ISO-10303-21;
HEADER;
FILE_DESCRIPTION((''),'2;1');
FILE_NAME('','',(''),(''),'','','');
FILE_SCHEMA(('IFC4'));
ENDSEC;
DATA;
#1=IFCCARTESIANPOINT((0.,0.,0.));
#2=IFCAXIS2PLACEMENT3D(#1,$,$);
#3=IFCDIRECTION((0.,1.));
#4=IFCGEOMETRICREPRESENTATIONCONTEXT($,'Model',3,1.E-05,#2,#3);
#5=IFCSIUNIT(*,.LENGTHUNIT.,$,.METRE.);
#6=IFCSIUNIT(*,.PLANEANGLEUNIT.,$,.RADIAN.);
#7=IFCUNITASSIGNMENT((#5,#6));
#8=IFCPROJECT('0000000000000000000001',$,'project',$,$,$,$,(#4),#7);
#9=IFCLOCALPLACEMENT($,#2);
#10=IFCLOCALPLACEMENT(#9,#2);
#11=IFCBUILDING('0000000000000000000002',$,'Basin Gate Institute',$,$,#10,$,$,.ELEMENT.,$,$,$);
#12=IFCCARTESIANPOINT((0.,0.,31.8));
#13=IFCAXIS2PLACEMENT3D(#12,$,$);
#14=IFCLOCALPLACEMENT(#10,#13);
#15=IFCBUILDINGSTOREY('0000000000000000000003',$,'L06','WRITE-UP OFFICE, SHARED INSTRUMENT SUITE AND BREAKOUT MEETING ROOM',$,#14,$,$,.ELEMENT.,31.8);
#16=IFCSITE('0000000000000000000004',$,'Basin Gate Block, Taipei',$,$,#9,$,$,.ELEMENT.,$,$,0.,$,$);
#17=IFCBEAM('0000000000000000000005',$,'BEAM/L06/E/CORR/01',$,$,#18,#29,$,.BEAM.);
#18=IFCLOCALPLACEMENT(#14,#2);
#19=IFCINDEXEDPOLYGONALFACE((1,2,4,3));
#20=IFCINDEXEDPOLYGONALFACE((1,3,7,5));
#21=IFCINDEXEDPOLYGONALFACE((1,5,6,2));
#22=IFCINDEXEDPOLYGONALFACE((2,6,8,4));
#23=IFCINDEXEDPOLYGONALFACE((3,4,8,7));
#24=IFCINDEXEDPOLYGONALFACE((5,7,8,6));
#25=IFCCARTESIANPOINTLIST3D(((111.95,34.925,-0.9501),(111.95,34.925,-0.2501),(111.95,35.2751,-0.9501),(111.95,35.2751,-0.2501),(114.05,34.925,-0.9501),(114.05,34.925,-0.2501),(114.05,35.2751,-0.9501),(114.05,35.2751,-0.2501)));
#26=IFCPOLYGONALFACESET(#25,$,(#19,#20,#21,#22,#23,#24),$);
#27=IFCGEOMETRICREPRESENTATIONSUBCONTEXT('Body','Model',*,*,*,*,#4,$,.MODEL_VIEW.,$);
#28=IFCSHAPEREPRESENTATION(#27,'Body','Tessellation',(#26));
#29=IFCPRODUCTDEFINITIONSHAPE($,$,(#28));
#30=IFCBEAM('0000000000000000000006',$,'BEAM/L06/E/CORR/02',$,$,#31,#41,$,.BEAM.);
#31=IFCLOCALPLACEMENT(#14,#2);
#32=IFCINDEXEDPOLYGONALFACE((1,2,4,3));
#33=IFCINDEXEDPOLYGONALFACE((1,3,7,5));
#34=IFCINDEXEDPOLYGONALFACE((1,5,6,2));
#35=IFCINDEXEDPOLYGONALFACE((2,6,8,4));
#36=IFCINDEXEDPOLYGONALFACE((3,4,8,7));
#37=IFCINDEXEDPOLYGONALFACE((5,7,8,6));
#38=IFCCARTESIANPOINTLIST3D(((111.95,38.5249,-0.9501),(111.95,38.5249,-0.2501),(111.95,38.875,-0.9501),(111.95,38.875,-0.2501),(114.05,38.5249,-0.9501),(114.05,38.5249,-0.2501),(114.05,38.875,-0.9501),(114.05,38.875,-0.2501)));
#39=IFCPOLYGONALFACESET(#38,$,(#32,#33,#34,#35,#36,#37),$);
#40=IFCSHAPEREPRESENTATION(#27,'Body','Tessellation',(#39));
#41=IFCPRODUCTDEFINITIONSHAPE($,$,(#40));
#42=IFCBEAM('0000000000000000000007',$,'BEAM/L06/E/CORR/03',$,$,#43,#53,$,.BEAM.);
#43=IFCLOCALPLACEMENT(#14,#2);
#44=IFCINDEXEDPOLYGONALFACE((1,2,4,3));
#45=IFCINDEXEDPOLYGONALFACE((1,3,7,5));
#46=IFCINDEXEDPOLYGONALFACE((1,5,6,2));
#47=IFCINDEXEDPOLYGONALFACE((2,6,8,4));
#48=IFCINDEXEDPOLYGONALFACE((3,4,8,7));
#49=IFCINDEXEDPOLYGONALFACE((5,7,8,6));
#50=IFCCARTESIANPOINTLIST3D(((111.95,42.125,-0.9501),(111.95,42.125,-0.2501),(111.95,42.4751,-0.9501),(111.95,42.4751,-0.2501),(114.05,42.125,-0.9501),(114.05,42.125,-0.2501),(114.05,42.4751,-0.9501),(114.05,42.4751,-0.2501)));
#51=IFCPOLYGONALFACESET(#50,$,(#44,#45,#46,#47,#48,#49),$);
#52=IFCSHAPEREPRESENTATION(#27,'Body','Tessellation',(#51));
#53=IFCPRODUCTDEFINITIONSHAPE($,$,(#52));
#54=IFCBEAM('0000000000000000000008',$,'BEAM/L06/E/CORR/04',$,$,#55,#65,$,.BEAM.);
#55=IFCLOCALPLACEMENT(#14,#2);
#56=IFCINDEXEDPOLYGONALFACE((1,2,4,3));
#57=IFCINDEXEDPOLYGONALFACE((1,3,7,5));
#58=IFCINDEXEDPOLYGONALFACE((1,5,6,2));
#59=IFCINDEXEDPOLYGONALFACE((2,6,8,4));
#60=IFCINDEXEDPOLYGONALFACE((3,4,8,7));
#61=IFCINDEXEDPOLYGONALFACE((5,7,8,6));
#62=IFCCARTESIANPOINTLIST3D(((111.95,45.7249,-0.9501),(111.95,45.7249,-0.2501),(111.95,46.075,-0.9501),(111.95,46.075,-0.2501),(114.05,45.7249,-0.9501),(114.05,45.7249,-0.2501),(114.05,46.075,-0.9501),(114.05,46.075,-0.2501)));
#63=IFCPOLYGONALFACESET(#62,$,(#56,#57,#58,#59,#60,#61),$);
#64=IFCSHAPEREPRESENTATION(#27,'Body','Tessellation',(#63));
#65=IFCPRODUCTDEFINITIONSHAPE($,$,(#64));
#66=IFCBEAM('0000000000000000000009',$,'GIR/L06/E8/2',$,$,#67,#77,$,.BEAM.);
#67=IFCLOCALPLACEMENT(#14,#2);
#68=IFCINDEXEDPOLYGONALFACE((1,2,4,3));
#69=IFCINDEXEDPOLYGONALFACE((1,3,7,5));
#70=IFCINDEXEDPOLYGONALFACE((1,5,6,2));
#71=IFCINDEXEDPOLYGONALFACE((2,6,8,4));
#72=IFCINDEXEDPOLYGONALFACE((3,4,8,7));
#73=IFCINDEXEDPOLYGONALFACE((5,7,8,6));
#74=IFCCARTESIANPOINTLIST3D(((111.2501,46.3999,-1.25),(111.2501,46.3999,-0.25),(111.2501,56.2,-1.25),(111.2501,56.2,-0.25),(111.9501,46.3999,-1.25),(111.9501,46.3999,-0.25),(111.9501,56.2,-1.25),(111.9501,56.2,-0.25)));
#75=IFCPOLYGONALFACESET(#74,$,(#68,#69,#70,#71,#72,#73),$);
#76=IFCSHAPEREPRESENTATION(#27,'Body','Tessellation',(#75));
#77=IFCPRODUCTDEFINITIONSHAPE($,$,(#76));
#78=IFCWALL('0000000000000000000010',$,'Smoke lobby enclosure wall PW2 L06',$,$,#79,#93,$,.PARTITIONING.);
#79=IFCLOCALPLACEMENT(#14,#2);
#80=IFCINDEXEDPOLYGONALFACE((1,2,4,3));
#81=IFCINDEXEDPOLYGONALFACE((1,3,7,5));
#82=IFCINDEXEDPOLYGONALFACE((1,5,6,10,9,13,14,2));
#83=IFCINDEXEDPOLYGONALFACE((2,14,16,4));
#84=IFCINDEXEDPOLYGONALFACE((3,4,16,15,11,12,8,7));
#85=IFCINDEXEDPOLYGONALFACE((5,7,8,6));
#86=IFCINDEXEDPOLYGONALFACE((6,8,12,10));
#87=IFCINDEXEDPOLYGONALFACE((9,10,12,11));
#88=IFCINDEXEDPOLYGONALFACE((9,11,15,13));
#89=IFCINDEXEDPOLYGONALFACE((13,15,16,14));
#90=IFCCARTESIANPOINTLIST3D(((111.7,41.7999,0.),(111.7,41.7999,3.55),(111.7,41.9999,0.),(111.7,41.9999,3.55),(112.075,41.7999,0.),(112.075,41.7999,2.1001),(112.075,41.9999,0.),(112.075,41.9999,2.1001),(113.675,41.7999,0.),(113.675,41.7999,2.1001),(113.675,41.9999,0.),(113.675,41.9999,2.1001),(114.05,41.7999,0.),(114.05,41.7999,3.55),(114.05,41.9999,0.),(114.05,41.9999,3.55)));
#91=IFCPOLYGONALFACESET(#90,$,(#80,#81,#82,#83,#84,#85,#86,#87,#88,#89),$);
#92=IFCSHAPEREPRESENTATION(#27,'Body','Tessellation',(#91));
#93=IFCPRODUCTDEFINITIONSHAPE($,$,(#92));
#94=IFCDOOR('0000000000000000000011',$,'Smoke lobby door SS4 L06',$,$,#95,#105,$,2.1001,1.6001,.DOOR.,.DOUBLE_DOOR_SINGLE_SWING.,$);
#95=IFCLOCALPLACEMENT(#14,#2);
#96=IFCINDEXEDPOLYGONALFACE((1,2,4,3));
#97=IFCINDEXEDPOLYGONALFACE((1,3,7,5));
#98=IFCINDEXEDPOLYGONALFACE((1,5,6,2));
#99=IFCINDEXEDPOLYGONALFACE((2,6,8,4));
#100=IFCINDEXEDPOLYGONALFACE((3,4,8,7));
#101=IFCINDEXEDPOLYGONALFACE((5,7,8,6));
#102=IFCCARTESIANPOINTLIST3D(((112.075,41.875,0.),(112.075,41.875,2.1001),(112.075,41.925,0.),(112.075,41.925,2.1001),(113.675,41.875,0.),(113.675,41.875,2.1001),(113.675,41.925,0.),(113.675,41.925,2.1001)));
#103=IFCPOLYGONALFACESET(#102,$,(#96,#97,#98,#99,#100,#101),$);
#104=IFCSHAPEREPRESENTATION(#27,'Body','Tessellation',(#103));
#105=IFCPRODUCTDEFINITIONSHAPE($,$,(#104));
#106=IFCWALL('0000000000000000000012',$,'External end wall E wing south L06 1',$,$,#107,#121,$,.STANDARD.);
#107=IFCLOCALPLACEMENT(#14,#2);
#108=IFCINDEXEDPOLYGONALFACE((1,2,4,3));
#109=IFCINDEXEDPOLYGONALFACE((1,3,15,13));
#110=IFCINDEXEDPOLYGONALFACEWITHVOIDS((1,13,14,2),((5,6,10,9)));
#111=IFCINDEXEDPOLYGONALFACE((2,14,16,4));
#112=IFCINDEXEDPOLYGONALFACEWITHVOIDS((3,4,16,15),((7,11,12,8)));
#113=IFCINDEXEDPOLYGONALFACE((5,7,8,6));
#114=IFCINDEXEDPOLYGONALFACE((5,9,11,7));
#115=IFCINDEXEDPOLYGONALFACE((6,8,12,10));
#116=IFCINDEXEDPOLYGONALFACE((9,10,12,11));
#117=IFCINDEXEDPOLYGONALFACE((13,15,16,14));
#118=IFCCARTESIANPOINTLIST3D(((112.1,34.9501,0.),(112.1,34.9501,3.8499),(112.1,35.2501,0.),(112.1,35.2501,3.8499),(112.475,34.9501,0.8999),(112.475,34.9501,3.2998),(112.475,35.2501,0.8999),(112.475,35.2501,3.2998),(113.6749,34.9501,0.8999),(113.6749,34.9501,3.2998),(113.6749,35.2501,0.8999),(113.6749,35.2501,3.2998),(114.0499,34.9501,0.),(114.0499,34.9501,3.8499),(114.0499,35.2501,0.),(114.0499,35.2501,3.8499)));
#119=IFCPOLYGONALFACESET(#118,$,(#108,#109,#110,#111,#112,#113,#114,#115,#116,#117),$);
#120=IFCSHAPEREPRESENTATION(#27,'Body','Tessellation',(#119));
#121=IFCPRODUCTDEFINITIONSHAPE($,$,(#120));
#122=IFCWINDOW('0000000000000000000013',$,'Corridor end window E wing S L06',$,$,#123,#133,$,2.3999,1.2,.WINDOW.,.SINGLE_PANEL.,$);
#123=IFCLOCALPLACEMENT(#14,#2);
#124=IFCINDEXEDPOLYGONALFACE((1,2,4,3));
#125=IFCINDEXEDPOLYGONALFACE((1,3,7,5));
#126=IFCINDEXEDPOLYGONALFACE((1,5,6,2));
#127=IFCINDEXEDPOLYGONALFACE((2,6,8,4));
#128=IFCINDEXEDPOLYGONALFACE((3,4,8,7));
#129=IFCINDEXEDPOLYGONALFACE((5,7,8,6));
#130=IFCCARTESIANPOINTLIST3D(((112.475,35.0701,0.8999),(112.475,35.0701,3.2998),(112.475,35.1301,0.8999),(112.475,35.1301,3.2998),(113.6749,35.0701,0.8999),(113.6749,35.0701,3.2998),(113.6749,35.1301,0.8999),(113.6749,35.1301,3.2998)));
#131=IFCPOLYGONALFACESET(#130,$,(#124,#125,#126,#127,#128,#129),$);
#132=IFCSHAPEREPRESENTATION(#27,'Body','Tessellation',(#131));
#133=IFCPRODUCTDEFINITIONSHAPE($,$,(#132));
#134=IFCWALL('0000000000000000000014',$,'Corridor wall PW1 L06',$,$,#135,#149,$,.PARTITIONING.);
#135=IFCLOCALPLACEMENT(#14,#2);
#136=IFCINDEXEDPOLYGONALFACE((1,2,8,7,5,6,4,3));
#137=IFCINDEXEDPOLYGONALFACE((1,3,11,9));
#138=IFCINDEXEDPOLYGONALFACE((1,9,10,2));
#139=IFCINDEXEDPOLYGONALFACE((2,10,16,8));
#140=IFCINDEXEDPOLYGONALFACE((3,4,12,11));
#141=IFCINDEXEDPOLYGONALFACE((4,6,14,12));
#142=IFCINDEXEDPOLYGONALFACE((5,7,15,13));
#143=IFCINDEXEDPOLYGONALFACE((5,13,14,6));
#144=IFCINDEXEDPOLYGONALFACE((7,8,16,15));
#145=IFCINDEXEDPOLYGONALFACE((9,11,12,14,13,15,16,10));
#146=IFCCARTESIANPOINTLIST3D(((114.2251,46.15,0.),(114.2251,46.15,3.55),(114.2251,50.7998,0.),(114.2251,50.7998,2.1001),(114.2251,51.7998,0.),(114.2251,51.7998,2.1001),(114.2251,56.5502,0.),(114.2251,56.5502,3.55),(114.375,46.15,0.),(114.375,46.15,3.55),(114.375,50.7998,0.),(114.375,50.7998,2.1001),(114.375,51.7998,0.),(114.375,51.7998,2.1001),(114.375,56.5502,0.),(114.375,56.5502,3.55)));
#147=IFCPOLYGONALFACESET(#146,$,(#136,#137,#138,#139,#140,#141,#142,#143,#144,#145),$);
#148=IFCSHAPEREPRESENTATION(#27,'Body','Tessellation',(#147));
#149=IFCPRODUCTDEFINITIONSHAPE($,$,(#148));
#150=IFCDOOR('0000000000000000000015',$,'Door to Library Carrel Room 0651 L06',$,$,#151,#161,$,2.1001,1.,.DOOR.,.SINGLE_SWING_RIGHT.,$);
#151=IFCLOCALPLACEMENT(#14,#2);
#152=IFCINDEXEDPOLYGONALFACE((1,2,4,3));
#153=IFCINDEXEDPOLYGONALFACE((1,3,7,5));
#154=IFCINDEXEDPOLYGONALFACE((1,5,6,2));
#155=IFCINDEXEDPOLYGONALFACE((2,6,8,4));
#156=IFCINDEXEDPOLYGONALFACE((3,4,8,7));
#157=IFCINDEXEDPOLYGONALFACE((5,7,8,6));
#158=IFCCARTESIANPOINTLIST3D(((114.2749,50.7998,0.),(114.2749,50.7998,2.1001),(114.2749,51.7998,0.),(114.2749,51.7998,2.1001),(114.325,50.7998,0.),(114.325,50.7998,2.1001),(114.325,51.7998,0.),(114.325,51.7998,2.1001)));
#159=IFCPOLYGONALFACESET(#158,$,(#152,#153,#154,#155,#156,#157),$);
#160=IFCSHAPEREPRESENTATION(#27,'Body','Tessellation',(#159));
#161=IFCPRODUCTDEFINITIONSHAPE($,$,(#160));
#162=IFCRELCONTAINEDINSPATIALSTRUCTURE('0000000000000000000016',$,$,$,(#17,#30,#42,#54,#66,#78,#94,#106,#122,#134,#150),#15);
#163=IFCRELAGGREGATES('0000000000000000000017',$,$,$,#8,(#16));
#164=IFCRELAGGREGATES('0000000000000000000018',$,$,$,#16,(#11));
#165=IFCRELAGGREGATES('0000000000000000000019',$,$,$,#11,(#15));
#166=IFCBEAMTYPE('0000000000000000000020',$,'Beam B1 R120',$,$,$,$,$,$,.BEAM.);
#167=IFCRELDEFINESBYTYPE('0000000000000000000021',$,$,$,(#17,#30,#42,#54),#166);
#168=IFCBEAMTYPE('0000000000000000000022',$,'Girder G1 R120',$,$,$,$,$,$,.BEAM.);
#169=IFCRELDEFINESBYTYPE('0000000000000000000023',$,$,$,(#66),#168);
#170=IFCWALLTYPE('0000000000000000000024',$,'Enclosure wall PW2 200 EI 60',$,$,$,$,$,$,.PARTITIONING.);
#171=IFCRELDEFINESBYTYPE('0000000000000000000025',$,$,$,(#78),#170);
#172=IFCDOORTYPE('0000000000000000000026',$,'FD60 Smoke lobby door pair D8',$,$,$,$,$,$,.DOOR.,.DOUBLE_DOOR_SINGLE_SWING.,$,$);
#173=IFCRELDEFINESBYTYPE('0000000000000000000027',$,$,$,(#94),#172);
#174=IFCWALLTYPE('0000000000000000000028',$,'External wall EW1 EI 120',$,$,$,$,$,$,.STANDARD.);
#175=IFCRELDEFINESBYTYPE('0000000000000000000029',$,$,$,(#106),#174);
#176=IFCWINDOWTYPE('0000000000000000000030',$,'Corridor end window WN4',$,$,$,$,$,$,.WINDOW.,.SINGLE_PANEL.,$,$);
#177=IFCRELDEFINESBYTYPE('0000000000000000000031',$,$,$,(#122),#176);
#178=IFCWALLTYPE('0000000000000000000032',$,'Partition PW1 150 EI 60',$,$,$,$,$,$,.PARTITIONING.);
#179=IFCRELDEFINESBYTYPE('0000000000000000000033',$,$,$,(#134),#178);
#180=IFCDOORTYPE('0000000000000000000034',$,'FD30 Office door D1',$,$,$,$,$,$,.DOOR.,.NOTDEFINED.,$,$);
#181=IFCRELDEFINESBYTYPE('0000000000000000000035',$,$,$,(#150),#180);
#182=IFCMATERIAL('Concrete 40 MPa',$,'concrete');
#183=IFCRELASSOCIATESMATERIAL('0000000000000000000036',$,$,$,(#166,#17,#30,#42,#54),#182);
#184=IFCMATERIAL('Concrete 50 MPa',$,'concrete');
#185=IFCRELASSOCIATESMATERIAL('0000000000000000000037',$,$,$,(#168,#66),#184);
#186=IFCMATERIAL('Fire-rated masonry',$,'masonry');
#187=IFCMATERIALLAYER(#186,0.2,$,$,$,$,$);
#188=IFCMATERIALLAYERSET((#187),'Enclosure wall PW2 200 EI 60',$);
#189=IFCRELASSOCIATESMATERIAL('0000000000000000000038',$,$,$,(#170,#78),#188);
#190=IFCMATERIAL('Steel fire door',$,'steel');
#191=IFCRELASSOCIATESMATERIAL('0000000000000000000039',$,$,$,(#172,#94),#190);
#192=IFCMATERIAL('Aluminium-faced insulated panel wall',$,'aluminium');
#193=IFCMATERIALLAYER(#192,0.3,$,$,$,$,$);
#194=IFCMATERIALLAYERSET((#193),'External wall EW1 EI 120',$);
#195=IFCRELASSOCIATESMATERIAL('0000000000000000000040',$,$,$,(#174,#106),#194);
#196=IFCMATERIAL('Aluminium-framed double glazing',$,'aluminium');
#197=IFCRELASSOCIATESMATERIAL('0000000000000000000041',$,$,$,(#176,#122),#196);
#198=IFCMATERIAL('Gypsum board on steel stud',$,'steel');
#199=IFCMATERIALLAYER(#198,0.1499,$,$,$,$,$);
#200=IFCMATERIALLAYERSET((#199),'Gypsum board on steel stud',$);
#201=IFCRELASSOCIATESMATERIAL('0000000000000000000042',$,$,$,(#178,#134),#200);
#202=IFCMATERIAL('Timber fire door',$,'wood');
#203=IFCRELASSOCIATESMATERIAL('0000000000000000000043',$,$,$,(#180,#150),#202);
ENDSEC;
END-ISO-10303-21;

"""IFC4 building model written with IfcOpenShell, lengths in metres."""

from ifc_helpers import new_model, si_unit, direction, frame, frame_2d, origin, origin_2d, place, context, subcontext, project, spatial, rectangle, extrude, material, layer, layer_set, material_profile, profile_set, type_object, element, fill, save


model = new_model("IFC4")

# Units and contexts
model_context = context("Model", 3, precision=1e-05, world=origin(), true_north=direction((0.0, 1.0)))
body_context = subcontext(model_context, "Body", "Model", "MODEL_VIEW")
ifc_project = project(units=[si_unit("LENGTHUNIT", "METRE"), si_unit("PLANEANGLEUNIT", "RADIAN")], contexts=[model_context])

# Site, building, storey
site_placement = place(None, origin())
site = spatial("IfcSite", under=ifc_project, at=site_placement, Name="Basin Gate Block, Taipei", CompositionType="ELEMENT", RefElevation=0.0)
building_placement = place(site_placement, origin())
building = spatial("IfcBuilding", under=site, at=building_placement, Name="Basin Gate Institute", CompositionType="ELEMENT")
storey_placement = place(building_placement, frame((0.0, 0.0, 31.8)))
storey = spatial("IfcBuildingStorey", under=building, at=storey_placement, Name="L06", Description="WRITE-UP OFFICE, SHARED INSTRUMENT SUITE AND BREAKOUT MEETING ROOM", CompositionType="ELEMENT", Elevation=31.8)

# Beams
ifc_material_1 = material(Name="Concrete 40 MPa", Category="concrete")
ifc_material_profile_1 = material_profile(ifc_material_1, rectangle(XDim=0.3501, YDim=0.7, at=origin_2d()), Name="Beam B1 350 x 700")
ifc_profile_set_1 = profile_set([ifc_material_profile_1], Name="Concrete 40 MPa")
beam_type_1 = type_object("IfcBeamType", Name="Beam B1 R120", PredefinedType="BEAM", material=ifc_profile_set_1)
for number, where, z_axis, x_axis, name in (
    (1, (114.05, 35.1001, -0.6001), (-1.0, 0.0, 0.0), (0.0, -1.0, 0.0), "BEAM/L06/E/CORR/01"),
    (2, (114.05, 38.7, -0.6001), (-1.0, 0.0, 0.0), (0.0, -1.0, 0.0), "BEAM/L06/E/CORR/02"),
    (3, (114.05, 42.3, -0.6001), (-1.0, 0.0, 0.0), (0.0, -1.0, 0.0), "BEAM/L06/E/CORR/03"),
    (4, (114.05, 45.8999, -0.6001), (-1.0, 0.0, 0.0), (0.0, -1.0, 0.0), "BEAM/L06/E/CORR/04"),
):
    element("IfcBeam", number, at=place(storey_placement, frame(where, z_axis=z_axis, x_axis=x_axis)), inside=storey, type_object=beam_type_1, material=ifc_profile_set_1, Name=name, PredefinedType="BEAM", context=body_context, shape_type="SweptSolid", body=[
        extrude(rectangle(XDim=0.3501, YDim=0.7, at=origin_2d()), origin(), (0.0, 0.0, 1.0), 2.1001),
    ])
ifc_material_2 = material(Name="Concrete 50 MPa", Category="concrete")
ifc_material_profile_2 = material_profile(ifc_material_2, rectangle(XDim=0.7, YDim=1.0, at=origin_2d()), Name="Girder G1 700 x 1000")
ifc_profile_set_2 = profile_set([ifc_material_profile_2], Name="Concrete 50 MPa")
beam_type_2 = type_object("IfcBeamType", Name="Girder G1 R120", PredefinedType="BEAM", material=ifc_profile_set_2)
beam_placement = place(storey_placement, frame((111.6001, 46.3999, -0.75), z_axis=(0.0, 1.0, 0.0), x_axis=(-1.0, 0.0, 0.0)))
element("IfcBeam", 5, at=beam_placement, inside=storey, type_object=beam_type_2, material=ifc_profile_set_2, Name="GIR/L06/E8/2", PredefinedType="BEAM", context=body_context, shape_type="SweptSolid", body=[
    extrude(rectangle(XDim=0.7, YDim=1.0, at=origin_2d()), origin(), (0.0, 0.0, 1.0), 9.8),
])

# Wall, opening, door
ifc_material_3 = material(Name="Fire-rated masonry", Category="masonry")
ifc_layer_1 = layer(ifc_material_3, 0.2)
ifc_layer_set_1 = layer_set([ifc_layer_1], Name="Enclosure wall PW2 200 EI 60")
wall_type_1 = type_object("IfcWallType", Name="Enclosure wall PW2 200 EI 60", PredefinedType="PARTITIONING", material=ifc_layer_set_1)
wall_1_placement = place(storey_placement, frame((114.05, 41.8999, 0.0), z_axis=(0.0, 0.0, 1.0), x_axis=(-1.0, 0.0, 0.0)))
wall_1 = element("IfcWall", 6, at=wall_1_placement, inside=storey, type_object=wall_type_1, material=ifc_layer_set_1, Name="Smoke lobby enclosure wall PW2 L06", PredefinedType="PARTITIONING", context=body_context, shape_type="SweptSolid", body=[
    extrude(rectangle(XDim=2.3501, YDim=0.2, at=frame_2d((1.175, 0.0))), origin(), (0.0, 0.0, 1.0), 3.55),
])
opening_1_placement = place(wall_1_placement, frame((0.375, 0.0, 0.0)))
opening_1 = element("IfcOpeningElement", 7, at=opening_1_placement, cuts=wall_1, PredefinedType="OPENING", context=body_context, shape_type="SweptSolid", body=[
    extrude(rectangle(XDim=1.6001, YDim=2.1001, at=frame_2d((0.8, 1.05))), frame((0.0, 0.1099, 0.0), z_axis=(0.0, -1.0, 0.0), x_axis=(1.0, 0.0, 0.0)), (0.0, 0.0, 1.0), 0.22),
])
ifc_material_4 = material(Name="Steel fire door", Category="steel")
door_type_1 = type_object("IfcDoorType", Name="FD60 Smoke lobby door pair D8", OperationType="DOUBLE_DOOR_SINGLE_SWING", PredefinedType="DOOR", material=ifc_material_4)
door_1_placement = place(opening_1_placement, origin())
door_1 = element("IfcDoor", 8, at=door_1_placement, inside=storey, type_object=door_type_1, material=ifc_material_4, Name="Smoke lobby door SS4 L06", OperationType="DOUBLE_DOOR_SINGLE_SWING", OverallHeight=2.1001, OverallWidth=1.6001, PredefinedType="DOOR", context=body_context, shape_type="SweptSolid", body=[
    extrude(rectangle(XDim=1.6001, YDim=2.1001, at=frame_2d((0.8, 1.05))), frame((0.0, 0.0249, 0.0), z_axis=(0.0, -1.0, 0.0), x_axis=(1.0, 0.0, 0.0)), (0.0, 0.0, 1.0), 0.05),
])
fill(opening_1, door_1)

# Wall, opening, window
ifc_material_5 = material(Name="Aluminium-faced insulated panel wall", Category="aluminium")
ifc_layer_2 = layer(ifc_material_5, 0.3)
ifc_layer_set_2 = layer_set([ifc_layer_2], Name="External wall EW1 EI 120")
wall_type_2 = type_object("IfcWallType", Name="External wall EW1 EI 120", PredefinedType="STANDARD", material=ifc_layer_set_2)
wall_2_placement = place(storey_placement, frame((114.05, 35.1001, 0.0), z_axis=(0.0, 0.0, 1.0), x_axis=(-1.0, 0.0, 0.0)))
wall_2 = element("IfcWall", 9, at=wall_2_placement, inside=storey, type_object=wall_type_2, material=ifc_layer_set_2, Name="External end wall E wing south L06 1", PredefinedType="STANDARD", context=body_context, shape_type="SweptSolid", body=[
    extrude(rectangle(XDim=1.95, YDim=0.3, at=frame_2d((0.9751, 0.0))), origin(), (0.0, 0.0, 1.0), 3.8499),
])
opening_2_placement = place(wall_2_placement, frame((0.375, 0.0, 0.8999)))
opening_2 = element("IfcOpeningElement", 10, at=opening_2_placement, cuts=wall_2, PredefinedType="OPENING", context=body_context, shape_type="SweptSolid", body=[
    extrude(rectangle(XDim=1.2, YDim=2.3999, at=frame_2d((0.6001, 1.2))), frame((0.0, 0.1602, 0.0), z_axis=(0.0, -1.0, 0.0), x_axis=(1.0, 0.0, 0.0)), (0.0, 0.0, 1.0), 0.3201),
])
ifc_material_6 = material(Name="Aluminium-framed double glazing", Category="aluminium")
window_type = type_object("IfcWindowType", Name="Corridor end window WN4", PartitioningType="SINGLE_PANEL", PredefinedType="WINDOW", material=ifc_material_6)
window_placement = place(opening_2_placement, origin())
window = element("IfcWindow", 11, at=window_placement, inside=storey, type_object=window_type, material=ifc_material_6, Name="Corridor end window E wing S L06", OverallHeight=2.3999, OverallWidth=1.2, PartitioningType="SINGLE_PANEL", PredefinedType="WINDOW", context=body_context, shape_type="SweptSolid", body=[
    extrude(rectangle(XDim=1.2, YDim=2.3999, at=frame_2d((0.6001, 1.2))), frame((0.0, 0.03, 0.0), z_axis=(0.0, -1.0, 0.0), x_axis=(1.0, 0.0, 0.0)), (0.0, 0.0, 1.0), 0.0601),
])
fill(opening_2, window)

# Wall, opening, door
ifc_material_7 = material(Name="Gypsum board on steel stud", Category="steel")
ifc_layer_3 = layer(ifc_material_7, 0.1499)
ifc_layer_set_3 = layer_set([ifc_layer_3], Name="Gypsum board on steel stud")
wall_type_3 = type_object("IfcWallType", Name="Partition PW1 150 EI 60", PredefinedType="PARTITIONING", material=ifc_layer_set_3)
wall_3_placement = place(storey_placement, frame((114.3, 46.1499, 0.0), z_axis=(0.0, 0.0, 1.0), x_axis=(0.0, 1.0, 0.0)))
wall_3 = element("IfcWall", 12, at=wall_3_placement, inside=storey, type_object=wall_type_3, material=ifc_layer_set_3, Name="Corridor wall PW1 L06", PredefinedType="PARTITIONING", context=body_context, shape_type="SweptSolid", body=[
    extrude(rectangle(XDim=10.4001, YDim=0.1499, at=frame_2d((5.2002, 0.0))), origin(), (0.0, 0.0, 1.0), 3.55),
])
opening_3_placement = place(wall_3_placement, frame((4.6499, 0.0, 0.0)))
opening_3 = element("IfcOpeningElement", 13, at=opening_3_placement, cuts=wall_3, PredefinedType="OPENING", context=body_context, shape_type="SweptSolid", body=[
    extrude(rectangle(XDim=1.0, YDim=2.1001, at=frame_2d((0.5, 1.05))), frame((0.0, 0.085, 0.0), z_axis=(0.0, -1.0, 0.0), x_axis=(1.0, 0.0, 0.0)), (0.0, 0.0, 1.0), 0.1699),
])
ifc_material_8 = material(Name="Timber fire door", Category="wood")
door_type_2 = type_object("IfcDoorType", Name="FD30 Office door D1", OperationType="NOTDEFINED", PredefinedType="DOOR", material=ifc_material_8)
door_2_placement = place(opening_3_placement, frame((1.0, 0.0, 0.0), z_axis=(0.0, 0.0, 1.0), x_axis=(-1.0, 0.0, 0.0)))
door_2 = element("IfcDoor", 14, at=door_2_placement, inside=storey, type_object=door_type_2, material=ifc_material_8, Name="Door to Library Carrel Room 0651 L06", OperationType="SINGLE_SWING_RIGHT", OverallHeight=2.1001, OverallWidth=1.0, PredefinedType="DOOR", context=body_context, shape_type="SweptSolid", body=[
    extrude(rectangle(XDim=1.0, YDim=2.1001, at=frame_2d((0.5, 1.05))), frame((0.0, 0.0249, 0.0), z_axis=(0.0, -1.0, 0.0), x_axis=(1.0, 0.0, 0.0)), (0.0, 0.0, 1.0), 0.05),
])
fill(opening_3, door_2)

save(model, "model.ifc")
